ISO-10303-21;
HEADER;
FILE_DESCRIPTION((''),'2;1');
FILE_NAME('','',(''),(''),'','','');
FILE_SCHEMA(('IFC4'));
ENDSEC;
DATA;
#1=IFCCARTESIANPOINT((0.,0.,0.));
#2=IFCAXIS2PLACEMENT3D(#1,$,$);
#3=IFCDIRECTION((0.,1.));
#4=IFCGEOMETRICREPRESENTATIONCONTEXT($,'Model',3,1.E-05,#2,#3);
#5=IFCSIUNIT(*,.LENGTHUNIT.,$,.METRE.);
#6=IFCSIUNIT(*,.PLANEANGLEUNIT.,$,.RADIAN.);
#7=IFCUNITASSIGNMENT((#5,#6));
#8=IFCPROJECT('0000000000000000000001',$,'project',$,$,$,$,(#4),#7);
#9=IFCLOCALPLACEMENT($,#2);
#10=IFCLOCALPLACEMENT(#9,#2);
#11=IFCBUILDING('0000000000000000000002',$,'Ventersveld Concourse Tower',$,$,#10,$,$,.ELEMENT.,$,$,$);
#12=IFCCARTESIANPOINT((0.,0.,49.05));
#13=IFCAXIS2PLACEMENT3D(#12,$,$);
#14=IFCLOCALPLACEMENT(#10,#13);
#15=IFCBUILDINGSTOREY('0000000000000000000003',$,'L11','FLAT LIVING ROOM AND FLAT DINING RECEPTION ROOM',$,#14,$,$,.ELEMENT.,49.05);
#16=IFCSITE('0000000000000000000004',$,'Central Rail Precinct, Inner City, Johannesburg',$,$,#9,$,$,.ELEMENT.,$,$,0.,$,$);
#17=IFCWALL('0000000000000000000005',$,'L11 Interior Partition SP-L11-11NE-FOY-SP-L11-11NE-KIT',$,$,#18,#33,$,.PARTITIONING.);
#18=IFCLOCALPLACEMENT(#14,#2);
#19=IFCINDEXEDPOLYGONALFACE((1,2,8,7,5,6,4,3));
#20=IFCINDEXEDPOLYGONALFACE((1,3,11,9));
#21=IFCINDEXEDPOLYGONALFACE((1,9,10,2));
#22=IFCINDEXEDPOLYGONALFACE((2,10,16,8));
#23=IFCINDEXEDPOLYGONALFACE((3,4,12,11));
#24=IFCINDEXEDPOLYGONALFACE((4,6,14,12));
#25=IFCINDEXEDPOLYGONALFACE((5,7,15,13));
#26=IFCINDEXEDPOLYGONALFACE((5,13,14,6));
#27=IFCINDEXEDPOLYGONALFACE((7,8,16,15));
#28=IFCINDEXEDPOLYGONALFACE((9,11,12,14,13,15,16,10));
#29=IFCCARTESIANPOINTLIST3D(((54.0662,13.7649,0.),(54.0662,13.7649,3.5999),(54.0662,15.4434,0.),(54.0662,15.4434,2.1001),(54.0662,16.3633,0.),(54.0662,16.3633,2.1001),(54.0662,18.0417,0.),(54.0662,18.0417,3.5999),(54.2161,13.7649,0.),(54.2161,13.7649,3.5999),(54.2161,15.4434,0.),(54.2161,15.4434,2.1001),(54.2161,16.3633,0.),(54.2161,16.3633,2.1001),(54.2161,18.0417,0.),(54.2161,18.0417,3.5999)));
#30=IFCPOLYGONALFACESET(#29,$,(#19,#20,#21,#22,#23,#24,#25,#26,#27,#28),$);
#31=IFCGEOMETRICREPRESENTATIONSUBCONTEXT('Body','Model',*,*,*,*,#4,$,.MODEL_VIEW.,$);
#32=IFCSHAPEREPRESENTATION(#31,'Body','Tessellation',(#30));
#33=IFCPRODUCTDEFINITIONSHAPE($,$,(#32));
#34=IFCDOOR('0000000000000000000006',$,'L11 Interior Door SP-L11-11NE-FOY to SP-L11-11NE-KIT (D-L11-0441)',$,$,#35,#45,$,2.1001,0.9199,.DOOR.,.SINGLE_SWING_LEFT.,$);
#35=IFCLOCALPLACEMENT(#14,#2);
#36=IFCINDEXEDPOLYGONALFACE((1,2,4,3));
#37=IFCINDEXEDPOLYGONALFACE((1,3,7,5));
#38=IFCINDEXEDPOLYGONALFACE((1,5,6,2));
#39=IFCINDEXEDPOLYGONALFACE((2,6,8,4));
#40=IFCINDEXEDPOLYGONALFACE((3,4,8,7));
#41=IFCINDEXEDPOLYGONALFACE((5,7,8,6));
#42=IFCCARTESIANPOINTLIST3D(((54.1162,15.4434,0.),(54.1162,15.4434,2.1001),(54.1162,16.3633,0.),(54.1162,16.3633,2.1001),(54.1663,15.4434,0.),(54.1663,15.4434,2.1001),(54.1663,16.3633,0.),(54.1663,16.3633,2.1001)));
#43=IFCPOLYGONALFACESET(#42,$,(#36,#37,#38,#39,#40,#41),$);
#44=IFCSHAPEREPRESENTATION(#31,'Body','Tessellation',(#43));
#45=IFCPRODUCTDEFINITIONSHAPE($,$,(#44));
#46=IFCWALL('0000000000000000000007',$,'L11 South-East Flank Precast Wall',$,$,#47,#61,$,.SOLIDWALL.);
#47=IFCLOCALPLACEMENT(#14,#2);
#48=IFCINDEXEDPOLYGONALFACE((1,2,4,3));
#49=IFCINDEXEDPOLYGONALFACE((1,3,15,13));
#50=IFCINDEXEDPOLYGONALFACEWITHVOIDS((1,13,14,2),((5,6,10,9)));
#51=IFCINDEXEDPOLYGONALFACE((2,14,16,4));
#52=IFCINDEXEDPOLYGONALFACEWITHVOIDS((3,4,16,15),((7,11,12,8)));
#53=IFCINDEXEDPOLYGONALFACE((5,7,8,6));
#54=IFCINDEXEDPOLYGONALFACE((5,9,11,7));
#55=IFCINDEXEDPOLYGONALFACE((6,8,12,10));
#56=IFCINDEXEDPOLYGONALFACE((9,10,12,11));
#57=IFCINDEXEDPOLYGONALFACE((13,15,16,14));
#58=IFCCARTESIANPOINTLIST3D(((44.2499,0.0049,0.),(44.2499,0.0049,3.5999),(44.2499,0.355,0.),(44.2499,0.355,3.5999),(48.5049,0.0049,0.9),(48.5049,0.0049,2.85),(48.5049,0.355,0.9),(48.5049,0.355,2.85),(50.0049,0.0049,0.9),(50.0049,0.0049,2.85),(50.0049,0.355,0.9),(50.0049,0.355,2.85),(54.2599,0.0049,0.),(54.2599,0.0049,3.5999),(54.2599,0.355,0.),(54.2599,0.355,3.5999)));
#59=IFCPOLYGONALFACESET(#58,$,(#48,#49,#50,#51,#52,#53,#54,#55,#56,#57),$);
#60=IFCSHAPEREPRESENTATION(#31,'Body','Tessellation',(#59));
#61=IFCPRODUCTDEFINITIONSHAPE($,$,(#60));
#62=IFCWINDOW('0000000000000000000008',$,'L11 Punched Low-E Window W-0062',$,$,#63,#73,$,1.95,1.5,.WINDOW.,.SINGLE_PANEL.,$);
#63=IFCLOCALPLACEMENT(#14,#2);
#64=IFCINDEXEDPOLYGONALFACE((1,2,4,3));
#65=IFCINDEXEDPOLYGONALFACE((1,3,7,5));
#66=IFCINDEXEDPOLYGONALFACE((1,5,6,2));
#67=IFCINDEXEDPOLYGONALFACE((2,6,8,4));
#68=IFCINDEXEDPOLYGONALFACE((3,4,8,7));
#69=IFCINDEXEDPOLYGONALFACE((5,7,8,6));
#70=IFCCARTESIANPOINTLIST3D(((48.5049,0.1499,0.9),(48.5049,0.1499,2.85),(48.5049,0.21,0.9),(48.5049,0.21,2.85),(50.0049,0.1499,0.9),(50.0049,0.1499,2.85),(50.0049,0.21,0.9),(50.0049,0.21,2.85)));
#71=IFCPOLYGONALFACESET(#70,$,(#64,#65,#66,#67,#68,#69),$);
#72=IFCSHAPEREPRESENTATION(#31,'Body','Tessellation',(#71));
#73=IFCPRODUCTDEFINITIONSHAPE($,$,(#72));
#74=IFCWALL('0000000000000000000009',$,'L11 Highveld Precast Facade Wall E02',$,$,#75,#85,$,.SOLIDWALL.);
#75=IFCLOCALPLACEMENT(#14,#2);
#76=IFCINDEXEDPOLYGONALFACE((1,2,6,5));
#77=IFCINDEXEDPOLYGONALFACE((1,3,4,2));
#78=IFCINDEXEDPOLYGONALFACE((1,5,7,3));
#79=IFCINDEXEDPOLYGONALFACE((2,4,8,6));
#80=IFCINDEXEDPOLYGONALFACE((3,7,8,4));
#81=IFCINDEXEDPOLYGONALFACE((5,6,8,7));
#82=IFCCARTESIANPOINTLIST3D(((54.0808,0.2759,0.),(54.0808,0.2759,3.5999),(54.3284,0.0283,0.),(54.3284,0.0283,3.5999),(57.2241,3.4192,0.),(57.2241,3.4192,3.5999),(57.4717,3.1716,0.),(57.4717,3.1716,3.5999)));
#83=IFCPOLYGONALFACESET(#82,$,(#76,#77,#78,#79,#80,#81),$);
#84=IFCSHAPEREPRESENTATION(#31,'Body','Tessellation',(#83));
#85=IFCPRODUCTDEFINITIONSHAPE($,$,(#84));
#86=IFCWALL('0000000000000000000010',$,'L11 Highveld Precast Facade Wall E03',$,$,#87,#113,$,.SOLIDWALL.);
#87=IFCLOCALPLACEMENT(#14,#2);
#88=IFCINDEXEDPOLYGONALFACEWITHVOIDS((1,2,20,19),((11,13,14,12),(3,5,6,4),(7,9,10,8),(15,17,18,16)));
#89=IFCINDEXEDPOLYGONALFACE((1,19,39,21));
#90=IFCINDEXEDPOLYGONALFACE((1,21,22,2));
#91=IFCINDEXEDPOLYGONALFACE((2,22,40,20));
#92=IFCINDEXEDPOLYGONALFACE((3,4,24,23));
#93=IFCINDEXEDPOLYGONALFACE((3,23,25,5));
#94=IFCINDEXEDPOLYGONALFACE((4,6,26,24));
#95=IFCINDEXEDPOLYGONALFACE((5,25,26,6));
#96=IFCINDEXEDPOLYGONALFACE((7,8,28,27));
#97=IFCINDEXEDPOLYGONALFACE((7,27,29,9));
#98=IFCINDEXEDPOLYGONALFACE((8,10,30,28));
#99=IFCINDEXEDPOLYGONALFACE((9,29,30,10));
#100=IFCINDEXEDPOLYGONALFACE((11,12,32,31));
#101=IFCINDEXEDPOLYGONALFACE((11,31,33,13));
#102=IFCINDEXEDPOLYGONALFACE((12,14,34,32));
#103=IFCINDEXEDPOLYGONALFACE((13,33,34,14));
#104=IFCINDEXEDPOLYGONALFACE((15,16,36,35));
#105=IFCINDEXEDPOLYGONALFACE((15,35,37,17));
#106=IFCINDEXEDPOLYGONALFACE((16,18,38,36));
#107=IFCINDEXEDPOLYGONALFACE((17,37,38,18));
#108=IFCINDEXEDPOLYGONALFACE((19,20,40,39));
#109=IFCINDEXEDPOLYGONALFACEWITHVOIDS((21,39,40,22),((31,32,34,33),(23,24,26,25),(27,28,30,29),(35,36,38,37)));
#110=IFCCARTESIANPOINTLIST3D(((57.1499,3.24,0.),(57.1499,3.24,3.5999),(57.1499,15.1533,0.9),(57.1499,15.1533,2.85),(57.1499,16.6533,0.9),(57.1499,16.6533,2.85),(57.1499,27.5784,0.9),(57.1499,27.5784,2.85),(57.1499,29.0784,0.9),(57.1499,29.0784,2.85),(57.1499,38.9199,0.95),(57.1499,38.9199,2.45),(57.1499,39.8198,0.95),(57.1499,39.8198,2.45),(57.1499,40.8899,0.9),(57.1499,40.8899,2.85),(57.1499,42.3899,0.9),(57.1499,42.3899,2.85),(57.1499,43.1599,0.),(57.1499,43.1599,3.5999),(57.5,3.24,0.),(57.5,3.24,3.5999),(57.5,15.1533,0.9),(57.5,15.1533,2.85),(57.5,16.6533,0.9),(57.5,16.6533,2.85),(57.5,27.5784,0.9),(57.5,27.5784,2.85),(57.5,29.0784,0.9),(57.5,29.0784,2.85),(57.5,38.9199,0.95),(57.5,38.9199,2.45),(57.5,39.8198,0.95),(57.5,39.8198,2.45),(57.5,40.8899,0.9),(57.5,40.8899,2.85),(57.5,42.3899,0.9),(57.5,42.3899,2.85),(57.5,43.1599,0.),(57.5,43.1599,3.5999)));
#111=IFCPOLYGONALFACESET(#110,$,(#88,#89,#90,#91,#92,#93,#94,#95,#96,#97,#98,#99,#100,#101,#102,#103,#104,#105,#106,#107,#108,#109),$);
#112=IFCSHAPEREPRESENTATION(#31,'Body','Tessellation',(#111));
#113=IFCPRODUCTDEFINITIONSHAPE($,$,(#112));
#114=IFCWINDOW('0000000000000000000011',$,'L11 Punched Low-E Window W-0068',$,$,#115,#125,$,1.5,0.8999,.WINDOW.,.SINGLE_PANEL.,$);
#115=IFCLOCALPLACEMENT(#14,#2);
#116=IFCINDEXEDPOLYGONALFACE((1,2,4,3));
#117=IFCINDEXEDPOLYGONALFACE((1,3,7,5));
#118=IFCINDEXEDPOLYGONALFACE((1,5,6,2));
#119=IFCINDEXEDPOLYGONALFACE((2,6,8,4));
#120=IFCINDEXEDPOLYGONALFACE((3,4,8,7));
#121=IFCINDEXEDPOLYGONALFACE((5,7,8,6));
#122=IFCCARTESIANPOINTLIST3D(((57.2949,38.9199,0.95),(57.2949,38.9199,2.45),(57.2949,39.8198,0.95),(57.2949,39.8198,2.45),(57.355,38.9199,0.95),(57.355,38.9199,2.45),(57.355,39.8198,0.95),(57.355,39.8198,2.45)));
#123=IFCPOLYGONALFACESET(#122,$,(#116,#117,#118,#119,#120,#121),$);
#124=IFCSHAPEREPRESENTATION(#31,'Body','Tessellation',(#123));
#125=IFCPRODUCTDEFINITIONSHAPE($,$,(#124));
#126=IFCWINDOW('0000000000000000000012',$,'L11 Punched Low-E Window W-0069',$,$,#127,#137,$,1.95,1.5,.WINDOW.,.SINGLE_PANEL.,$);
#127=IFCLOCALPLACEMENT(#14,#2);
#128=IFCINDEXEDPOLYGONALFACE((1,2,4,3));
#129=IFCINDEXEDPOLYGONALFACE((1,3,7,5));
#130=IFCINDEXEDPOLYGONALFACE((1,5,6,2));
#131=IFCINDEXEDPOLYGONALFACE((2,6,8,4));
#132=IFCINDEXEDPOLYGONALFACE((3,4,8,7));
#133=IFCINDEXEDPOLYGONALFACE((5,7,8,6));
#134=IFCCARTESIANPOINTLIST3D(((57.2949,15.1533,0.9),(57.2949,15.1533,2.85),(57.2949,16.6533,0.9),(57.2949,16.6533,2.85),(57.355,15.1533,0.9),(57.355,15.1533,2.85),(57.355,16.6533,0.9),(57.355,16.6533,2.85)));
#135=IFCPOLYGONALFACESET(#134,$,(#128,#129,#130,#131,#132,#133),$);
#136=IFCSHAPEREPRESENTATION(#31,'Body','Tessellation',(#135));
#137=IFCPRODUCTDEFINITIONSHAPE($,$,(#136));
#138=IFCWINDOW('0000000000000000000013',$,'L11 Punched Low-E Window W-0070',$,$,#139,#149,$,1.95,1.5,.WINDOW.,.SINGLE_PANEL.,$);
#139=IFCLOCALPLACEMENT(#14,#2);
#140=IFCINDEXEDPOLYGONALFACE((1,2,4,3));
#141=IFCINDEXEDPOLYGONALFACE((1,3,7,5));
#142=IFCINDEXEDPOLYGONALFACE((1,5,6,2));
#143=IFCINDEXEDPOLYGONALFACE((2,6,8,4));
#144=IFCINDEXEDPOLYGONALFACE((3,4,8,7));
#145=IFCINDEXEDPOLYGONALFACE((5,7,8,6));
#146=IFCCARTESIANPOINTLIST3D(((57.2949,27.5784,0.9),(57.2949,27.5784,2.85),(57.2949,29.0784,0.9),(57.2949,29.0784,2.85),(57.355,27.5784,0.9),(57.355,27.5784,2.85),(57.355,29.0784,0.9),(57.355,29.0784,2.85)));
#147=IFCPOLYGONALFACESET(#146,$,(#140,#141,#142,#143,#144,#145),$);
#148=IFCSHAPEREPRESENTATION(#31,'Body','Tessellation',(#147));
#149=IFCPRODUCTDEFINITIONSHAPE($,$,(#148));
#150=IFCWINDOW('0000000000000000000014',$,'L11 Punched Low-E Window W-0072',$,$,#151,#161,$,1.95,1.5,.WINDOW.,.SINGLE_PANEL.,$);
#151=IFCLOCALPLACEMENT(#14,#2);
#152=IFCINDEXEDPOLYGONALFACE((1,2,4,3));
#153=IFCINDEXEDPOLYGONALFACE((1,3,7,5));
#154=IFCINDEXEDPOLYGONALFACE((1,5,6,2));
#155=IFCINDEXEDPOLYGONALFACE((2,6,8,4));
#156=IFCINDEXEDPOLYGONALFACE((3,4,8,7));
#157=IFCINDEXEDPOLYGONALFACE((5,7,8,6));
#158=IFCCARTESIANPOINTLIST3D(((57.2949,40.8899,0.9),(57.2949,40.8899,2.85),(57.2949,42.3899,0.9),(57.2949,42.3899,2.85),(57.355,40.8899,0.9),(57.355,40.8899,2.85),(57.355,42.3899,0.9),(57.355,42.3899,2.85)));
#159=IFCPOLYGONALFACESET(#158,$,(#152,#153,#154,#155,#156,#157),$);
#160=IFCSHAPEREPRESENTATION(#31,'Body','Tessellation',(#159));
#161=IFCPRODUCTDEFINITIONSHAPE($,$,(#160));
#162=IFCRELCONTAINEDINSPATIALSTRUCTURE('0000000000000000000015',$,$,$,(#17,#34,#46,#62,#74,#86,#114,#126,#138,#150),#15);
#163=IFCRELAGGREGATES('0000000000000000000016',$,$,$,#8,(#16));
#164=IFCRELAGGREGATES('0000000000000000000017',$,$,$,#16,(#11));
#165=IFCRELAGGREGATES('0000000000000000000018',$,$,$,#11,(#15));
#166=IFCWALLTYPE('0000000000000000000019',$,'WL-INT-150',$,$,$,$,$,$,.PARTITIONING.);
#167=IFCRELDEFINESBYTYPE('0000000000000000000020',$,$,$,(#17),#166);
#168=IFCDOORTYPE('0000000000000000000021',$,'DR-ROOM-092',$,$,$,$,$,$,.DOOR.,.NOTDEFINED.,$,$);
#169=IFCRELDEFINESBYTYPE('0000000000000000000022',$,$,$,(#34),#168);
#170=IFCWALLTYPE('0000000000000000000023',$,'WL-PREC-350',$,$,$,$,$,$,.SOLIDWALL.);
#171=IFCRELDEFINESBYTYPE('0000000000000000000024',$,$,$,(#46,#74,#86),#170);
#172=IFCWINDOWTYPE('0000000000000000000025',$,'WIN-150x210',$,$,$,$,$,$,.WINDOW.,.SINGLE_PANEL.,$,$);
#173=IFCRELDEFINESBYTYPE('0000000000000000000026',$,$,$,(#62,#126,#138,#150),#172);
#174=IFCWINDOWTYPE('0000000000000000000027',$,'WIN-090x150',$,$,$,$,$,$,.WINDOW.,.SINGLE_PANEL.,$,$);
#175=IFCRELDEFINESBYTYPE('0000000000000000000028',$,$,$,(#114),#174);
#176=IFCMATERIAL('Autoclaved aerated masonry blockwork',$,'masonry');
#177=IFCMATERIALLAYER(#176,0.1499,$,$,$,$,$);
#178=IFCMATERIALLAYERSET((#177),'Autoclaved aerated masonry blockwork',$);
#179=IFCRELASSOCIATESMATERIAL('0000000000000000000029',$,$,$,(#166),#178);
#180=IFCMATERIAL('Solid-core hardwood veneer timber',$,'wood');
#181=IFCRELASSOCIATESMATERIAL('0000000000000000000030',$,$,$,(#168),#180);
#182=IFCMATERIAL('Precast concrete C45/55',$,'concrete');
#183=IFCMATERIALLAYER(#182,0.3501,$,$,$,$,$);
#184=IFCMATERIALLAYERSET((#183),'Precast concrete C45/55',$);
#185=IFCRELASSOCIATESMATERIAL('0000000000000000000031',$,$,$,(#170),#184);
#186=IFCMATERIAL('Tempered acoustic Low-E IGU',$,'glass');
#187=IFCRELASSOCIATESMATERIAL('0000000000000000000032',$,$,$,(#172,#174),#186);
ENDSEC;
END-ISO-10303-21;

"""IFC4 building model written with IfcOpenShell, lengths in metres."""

from ifc_helpers import new_model, si_unit, direction, frame, frame_2d, origin, place, context, subcontext, project, spatial, rectangle, extrude, material, layer, layer_set, type_object, element, fill, save


model = new_model("IFC4")

# Units and contexts
model_context = context("Model", 3, precision=1e-05, world=origin(), true_north=direction((0.0, 1.0)))
body_context = subcontext(model_context, "Body", "Model", "MODEL_VIEW")
ifc_project = project(units=[si_unit("LENGTHUNIT", "METRE"), si_unit("PLANEANGLEUNIT", "RADIAN")], contexts=[model_context])

# Site, building, storey
site_placement = place(None, origin())
site = spatial("IfcSite", under=ifc_project, at=site_placement, Name="Central Rail Precinct, Inner City, Johannesburg", CompositionType="ELEMENT", RefElevation=0.0)
building_placement = place(site_placement, origin())
building = spatial("IfcBuilding", under=site, at=building_placement, Name="Ventersveld Concourse Tower", CompositionType="ELEMENT")
storey_placement = place(building_placement, frame((0.0, 0.0, 49.05)))
storey = spatial("IfcBuildingStorey", under=building, at=storey_placement, Name="L11", Description="FLAT LIVING ROOM AND FLAT DINING RECEPTION ROOM", CompositionType="ELEMENT", Elevation=49.05)

# Shared definitions
ifc_material_1 = material(Name="Solid-core hardwood veneer timber", Category="wood")

# Wall, opening, door
ifc_material_2 = material(Name="Autoclaved aerated masonry blockwork", Category="masonry")
ifc_layer_1 = layer(ifc_material_2, 0.1499)
ifc_layer_set_1 = layer_set([ifc_layer_1], Name="Autoclaved aerated masonry blockwork")
wall_type_1 = type_object("IfcWallType", Name="WL-INT-150", PredefinedType="PARTITIONING", material=ifc_layer_set_1)
wall_1_placement = place(storey_placement, frame((54.1411, 13.7649, 0.0), z_axis=(0.0, 0.0, 1.0), x_axis=(0.0, 1.0, 0.0)))
wall_1 = element("IfcWall", 1, at=wall_1_placement, inside=storey, type_object=wall_type_1, Name="L11 Interior Partition SP-L11-11NE-FOY-SP-L11-11NE-KIT", PredefinedType="PARTITIONING", context=body_context, shape_type="SweptSolid", body=[
    extrude(rectangle(XDim=4.2769, YDim=0.1499, at=frame_2d((2.1384, 0.0))), origin(), (0.0, 0.0, 1.0), 3.5999),
])
opening_1_placement = place(wall_1_placement, frame((1.6785, 0.0, 0.0)))
opening_1 = element("IfcOpeningElement", 2, at=opening_1_placement, cuts=wall_1, PredefinedType="OPENING", context=body_context, shape_type="SweptSolid", body=[
    extrude(rectangle(XDim=0.9199, YDim=2.1001, at=frame_2d((0.46, 1.05))), frame((0.0, 0.085, 0.0), z_axis=(0.0, -1.0, 0.0), x_axis=(1.0, 0.0, 0.0)), (0.0, 0.0, 1.0), 0.1699),
])
door_type_1 = type_object("IfcDoorType", Name="DR-ROOM-092", OperationType="NOTDEFINED", PredefinedType="DOOR", material=ifc_material_1)
door_1_placement = place(opening_1_placement, origin())
door_1 = element("IfcDoor", 3, at=door_1_placement, inside=storey, type_object=door_type_1, Name="L11 Interior Door SP-L11-11NE-FOY to SP-L11-11NE-KIT (D-L11-0441)", OperationType="SINGLE_SWING_LEFT", OverallHeight=2.1001, OverallWidth=0.9199, PredefinedType="DOOR", context=body_context, shape_type="SweptSolid", body=[
    extrude(rectangle(XDim=0.9199, YDim=2.1001, at=frame_2d((0.46, 1.05))), frame((0.0, 0.0249, 0.0), z_axis=(0.0, -1.0, 0.0), x_axis=(1.0, 0.0, 0.0)), (0.0, 0.0, 1.0), 0.05),
])
fill(opening_1, door_1)

# Wall, opening, window
ifc_material_3 = material(Name="Precast concrete C45/55", Category="concrete")
ifc_layer_2 = layer(ifc_material_3, 0.3501)
ifc_layer_set_2 = layer_set([ifc_layer_2], Name="Precast concrete C45/55")
wall_type_2 = type_object("IfcWallType", Name="WL-PREC-350", PredefinedType="SOLIDWALL", material=ifc_layer_set_2)
wall_2_placement = place(storey_placement, frame((44.25, 0.1799, 0.0), z_axis=(0.0, 0.0, 1.0), x_axis=(1.0, 0.0, 0.0)))
wall_2 = element("IfcWall", 4, at=wall_2_placement, inside=storey, type_object=wall_type_2, Name="L11 South-East Flank Precast Wall", PredefinedType="SOLIDWALL", context=body_context, shape_type="SweptSolid", body=[
    extrude(rectangle(XDim=10.01, YDim=0.3501, at=frame_2d((5.0049, 0.0))), origin(), (0.0, 0.0, 1.0), 3.5999),
])
opening_2_placement = place(wall_2_placement, frame((4.2549, 0.0, 0.8999)))
opening_2 = element("IfcOpeningElement", 5, at=opening_2_placement, cuts=wall_2, PredefinedType="OPENING", context=body_context, shape_type="SweptSolid", body=[
    extrude(rectangle(XDim=1.5, YDim=1.95, at=frame_2d((0.75, 0.9751))), frame((0.0, 0.1851, 0.0), z_axis=(0.0, -1.0, 0.0), x_axis=(1.0, 0.0, 0.0)), (0.0, 0.0, 1.0), 0.3701),
])
ifc_material_4 = material(Name="Tempered acoustic Low-E IGU", Category="glass")
window_type_1 = type_object("IfcWindowType", Name="WIN-150x210", PartitioningType="SINGLE_PANEL", PredefinedType="WINDOW", material=ifc_material_4)
window_1_placement = place(opening_2_placement, origin())
window_1 = element("IfcWindow", 6, at=window_1_placement, inside=storey, type_object=window_type_1, Name="L11 Punched Low-E Window W-0062", OverallHeight=1.95, OverallWidth=1.5, PartitioningType="SINGLE_PANEL", PredefinedType="WINDOW", context=body_context, shape_type="SweptSolid", body=[
    extrude(rectangle(XDim=1.5, YDim=1.95, at=frame_2d((0.75, 0.9751))), frame((0.0, 0.03, 0.0), z_axis=(0.0, -1.0, 0.0), x_axis=(1.0, 0.0, 0.0)), (0.0, 0.0, 1.0), 0.0601),
])
fill(opening_2, window_1)

# Wall
wall_3_placement = place(storey_placement, frame((54.2046, 0.1521, 0.0), z_axis=(0.0, 0.0, 1.0), x_axis=(0.707107, 0.707107, 0.0)))
element("IfcWall", 7, at=wall_3_placement, inside=storey, type_object=wall_type_2, Name="L11 Highveld Precast Facade Wall E02", PredefinedType="SOLIDWALL", context=body_context, shape_type="SweptSolid", body=[
    extrude(rectangle(XDim=4.4453, YDim=0.3501, at=frame_2d((2.2227, 0.0))), origin(), (0.0, 0.0, 1.0), 3.5999),
])

# Wall, openings, windows
wall_4_placement = place(storey_placement, frame((57.325, 3.24, 0.0), z_axis=(0.0, 0.0, 1.0), x_axis=(0.0, 1.0, 0.0)))
wall_4 = element("IfcWall", 8, at=wall_4_placement, inside=storey, type_object=wall_type_2, Name="L11 Highveld Precast Facade Wall E03", PredefinedType="SOLIDWALL", context=body_context, shape_type="SweptSolid", body=[
    extrude(rectangle(XDim=39.9199, YDim=0.3501, at=frame_2d((19.96, 0.0))), origin(), (0.0, 0.0, 1.0), 3.5999),
])
opening_3_placement = place(wall_4_placement, frame((35.6799, 0.0, 0.95)))
opening_3 = element("IfcOpeningElement", 9, at=opening_3_placement, cuts=wall_4, PredefinedType="OPENING", context=body_context, shape_type="SweptSolid", body=[
    extrude(rectangle(XDim=0.8999, YDim=1.5, at=frame_2d((0.45, 0.75))), frame((0.0, 0.1851, 0.0), z_axis=(0.0, -1.0, 0.0), x_axis=(1.0, 0.0, 0.0)), (0.0, 0.0, 1.0), 0.3701),
])
opening_4_placement = place(wall_4_placement, frame((11.9133, 0.0, 0.8999)))
opening_4 = element("IfcOpeningElement", 10, at=opening_4_placement, cuts=wall_4, PredefinedType="OPENING", context=body_context, shape_type="SweptSolid", body=[
    extrude(rectangle(XDim=1.5, YDim=1.95, at=frame_2d((0.75, 0.9751))), frame((0.0, 0.1851, 0.0), z_axis=(0.0, -1.0, 0.0), x_axis=(1.0, 0.0, 0.0)), (0.0, 0.0, 1.0), 0.3701),
])
opening_5_placement = place(wall_4_placement, frame((24.3384, 0.0, 0.8999)))
opening_5 = element("IfcOpeningElement", 11, at=opening_5_placement, cuts=wall_4, PredefinedType="OPENING", context=body_context, shape_type="SweptSolid", body=[
    extrude(rectangle(XDim=1.5, YDim=1.95, at=frame_2d((0.75, 0.9751))), frame((0.0, 0.1851, 0.0), z_axis=(0.0, -1.0, 0.0), x_axis=(1.0, 0.0, 0.0)), (0.0, 0.0, 1.0), 0.3701),
])
opening_6_placement = place(wall_4_placement, frame((37.6499, 0.0, 0.8999)))
opening_6 = element("IfcOpeningElement", 12, at=opening_6_placement, cuts=wall_4, PredefinedType="OPENING", context=body_context, shape_type="SweptSolid", body=[
    extrude(rectangle(XDim=1.5, YDim=1.95, at=frame_2d((0.75, 0.9751))), frame((0.0, 0.1851, 0.0), z_axis=(0.0, -1.0, 0.0), x_axis=(1.0, 0.0, 0.0)), (0.0, 0.0, 1.0), 0.3701),
])
window_type_2 = type_object("IfcWindowType", Name="WIN-090x150", PartitioningType="SINGLE_PANEL", PredefinedType="WINDOW", material=ifc_material_4)
window_2_placement = place(opening_3_placement, origin())
window_2 = element("IfcWindow", 13, at=window_2_placement, inside=storey, type_object=window_type_2, Name="L11 Punched Low-E Window W-0068", OverallHeight=1.5, OverallWidth=0.8999, PartitioningType="SINGLE_PANEL", PredefinedType="WINDOW", context=body_context, shape_type="SweptSolid", body=[
    extrude(rectangle(XDim=0.8999, YDim=1.5, at=frame_2d((0.45, 0.75))), frame((0.0, 0.03, 0.0), z_axis=(0.0, -1.0, 0.0), x_axis=(1.0, 0.0, 0.0)), (0.0, 0.0, 1.0), 0.0601),
])
fill(opening_3, window_2)
window_3_placement = place(opening_4_placement, origin())
window_3 = element("IfcWindow", 14, at=window_3_placement, inside=storey, type_object=window_type_1, Name="L11 Punched Low-E Window W-0069", OverallHeight=1.95, OverallWidth=1.5, PartitioningType="SINGLE_PANEL", PredefinedType="WINDOW", context=body_context, shape_type="SweptSolid", body=[
    extrude(rectangle(XDim=1.5, YDim=1.95, at=frame_2d((0.75, 0.9751))), frame((0.0, 0.03, 0.0), z_axis=(0.0, -1.0, 0.0), x_axis=(1.0, 0.0, 0.0)), (0.0, 0.0, 1.0), 0.0601),
])
fill(opening_4, window_3)
window_4_placement = place(opening_5_placement, origin())
window_4 = element("IfcWindow", 15, at=window_4_placement, inside=storey, type_object=window_type_1, Name="L11 Punched Low-E Window W-0070", OverallHeight=1.95, OverallWidth=1.5, PartitioningType="SINGLE_PANEL", PredefinedType="WINDOW", context=body_context, shape_type="SweptSolid", body=[
    extrude(rectangle(XDim=1.5, YDim=1.95, at=frame_2d((0.75, 0.9751))), frame((0.0, 0.03, 0.0), z_axis=(0.0, -1.0, 0.0), x_axis=(1.0, 0.0, 0.0)), (0.0, 0.0, 1.0), 0.0601),
])
fill(opening_5, window_4)
window_5_placement = place(opening_6_placement, origin())
window_5 = element("IfcWindow", 16, at=window_5_placement, inside=storey, type_object=window_type_1, Name="L11 Punched Low-E Window W-0072", OverallHeight=1.95, OverallWidth=1.5, PartitioningType="SINGLE_PANEL", PredefinedType="WINDOW", context=body_context, shape_type="SweptSolid", body=[
    extrude(rectangle(XDim=1.5, YDim=1.95, at=frame_2d((0.75, 0.9751))), frame((0.0, 0.03, 0.0), z_axis=(0.0, -1.0, 0.0), x_axis=(1.0, 0.0, 0.0)), (0.0, 0.0, 1.0), 0.0601),
])
fill(opening_6, window_5)

save(model, "model.ifc")
